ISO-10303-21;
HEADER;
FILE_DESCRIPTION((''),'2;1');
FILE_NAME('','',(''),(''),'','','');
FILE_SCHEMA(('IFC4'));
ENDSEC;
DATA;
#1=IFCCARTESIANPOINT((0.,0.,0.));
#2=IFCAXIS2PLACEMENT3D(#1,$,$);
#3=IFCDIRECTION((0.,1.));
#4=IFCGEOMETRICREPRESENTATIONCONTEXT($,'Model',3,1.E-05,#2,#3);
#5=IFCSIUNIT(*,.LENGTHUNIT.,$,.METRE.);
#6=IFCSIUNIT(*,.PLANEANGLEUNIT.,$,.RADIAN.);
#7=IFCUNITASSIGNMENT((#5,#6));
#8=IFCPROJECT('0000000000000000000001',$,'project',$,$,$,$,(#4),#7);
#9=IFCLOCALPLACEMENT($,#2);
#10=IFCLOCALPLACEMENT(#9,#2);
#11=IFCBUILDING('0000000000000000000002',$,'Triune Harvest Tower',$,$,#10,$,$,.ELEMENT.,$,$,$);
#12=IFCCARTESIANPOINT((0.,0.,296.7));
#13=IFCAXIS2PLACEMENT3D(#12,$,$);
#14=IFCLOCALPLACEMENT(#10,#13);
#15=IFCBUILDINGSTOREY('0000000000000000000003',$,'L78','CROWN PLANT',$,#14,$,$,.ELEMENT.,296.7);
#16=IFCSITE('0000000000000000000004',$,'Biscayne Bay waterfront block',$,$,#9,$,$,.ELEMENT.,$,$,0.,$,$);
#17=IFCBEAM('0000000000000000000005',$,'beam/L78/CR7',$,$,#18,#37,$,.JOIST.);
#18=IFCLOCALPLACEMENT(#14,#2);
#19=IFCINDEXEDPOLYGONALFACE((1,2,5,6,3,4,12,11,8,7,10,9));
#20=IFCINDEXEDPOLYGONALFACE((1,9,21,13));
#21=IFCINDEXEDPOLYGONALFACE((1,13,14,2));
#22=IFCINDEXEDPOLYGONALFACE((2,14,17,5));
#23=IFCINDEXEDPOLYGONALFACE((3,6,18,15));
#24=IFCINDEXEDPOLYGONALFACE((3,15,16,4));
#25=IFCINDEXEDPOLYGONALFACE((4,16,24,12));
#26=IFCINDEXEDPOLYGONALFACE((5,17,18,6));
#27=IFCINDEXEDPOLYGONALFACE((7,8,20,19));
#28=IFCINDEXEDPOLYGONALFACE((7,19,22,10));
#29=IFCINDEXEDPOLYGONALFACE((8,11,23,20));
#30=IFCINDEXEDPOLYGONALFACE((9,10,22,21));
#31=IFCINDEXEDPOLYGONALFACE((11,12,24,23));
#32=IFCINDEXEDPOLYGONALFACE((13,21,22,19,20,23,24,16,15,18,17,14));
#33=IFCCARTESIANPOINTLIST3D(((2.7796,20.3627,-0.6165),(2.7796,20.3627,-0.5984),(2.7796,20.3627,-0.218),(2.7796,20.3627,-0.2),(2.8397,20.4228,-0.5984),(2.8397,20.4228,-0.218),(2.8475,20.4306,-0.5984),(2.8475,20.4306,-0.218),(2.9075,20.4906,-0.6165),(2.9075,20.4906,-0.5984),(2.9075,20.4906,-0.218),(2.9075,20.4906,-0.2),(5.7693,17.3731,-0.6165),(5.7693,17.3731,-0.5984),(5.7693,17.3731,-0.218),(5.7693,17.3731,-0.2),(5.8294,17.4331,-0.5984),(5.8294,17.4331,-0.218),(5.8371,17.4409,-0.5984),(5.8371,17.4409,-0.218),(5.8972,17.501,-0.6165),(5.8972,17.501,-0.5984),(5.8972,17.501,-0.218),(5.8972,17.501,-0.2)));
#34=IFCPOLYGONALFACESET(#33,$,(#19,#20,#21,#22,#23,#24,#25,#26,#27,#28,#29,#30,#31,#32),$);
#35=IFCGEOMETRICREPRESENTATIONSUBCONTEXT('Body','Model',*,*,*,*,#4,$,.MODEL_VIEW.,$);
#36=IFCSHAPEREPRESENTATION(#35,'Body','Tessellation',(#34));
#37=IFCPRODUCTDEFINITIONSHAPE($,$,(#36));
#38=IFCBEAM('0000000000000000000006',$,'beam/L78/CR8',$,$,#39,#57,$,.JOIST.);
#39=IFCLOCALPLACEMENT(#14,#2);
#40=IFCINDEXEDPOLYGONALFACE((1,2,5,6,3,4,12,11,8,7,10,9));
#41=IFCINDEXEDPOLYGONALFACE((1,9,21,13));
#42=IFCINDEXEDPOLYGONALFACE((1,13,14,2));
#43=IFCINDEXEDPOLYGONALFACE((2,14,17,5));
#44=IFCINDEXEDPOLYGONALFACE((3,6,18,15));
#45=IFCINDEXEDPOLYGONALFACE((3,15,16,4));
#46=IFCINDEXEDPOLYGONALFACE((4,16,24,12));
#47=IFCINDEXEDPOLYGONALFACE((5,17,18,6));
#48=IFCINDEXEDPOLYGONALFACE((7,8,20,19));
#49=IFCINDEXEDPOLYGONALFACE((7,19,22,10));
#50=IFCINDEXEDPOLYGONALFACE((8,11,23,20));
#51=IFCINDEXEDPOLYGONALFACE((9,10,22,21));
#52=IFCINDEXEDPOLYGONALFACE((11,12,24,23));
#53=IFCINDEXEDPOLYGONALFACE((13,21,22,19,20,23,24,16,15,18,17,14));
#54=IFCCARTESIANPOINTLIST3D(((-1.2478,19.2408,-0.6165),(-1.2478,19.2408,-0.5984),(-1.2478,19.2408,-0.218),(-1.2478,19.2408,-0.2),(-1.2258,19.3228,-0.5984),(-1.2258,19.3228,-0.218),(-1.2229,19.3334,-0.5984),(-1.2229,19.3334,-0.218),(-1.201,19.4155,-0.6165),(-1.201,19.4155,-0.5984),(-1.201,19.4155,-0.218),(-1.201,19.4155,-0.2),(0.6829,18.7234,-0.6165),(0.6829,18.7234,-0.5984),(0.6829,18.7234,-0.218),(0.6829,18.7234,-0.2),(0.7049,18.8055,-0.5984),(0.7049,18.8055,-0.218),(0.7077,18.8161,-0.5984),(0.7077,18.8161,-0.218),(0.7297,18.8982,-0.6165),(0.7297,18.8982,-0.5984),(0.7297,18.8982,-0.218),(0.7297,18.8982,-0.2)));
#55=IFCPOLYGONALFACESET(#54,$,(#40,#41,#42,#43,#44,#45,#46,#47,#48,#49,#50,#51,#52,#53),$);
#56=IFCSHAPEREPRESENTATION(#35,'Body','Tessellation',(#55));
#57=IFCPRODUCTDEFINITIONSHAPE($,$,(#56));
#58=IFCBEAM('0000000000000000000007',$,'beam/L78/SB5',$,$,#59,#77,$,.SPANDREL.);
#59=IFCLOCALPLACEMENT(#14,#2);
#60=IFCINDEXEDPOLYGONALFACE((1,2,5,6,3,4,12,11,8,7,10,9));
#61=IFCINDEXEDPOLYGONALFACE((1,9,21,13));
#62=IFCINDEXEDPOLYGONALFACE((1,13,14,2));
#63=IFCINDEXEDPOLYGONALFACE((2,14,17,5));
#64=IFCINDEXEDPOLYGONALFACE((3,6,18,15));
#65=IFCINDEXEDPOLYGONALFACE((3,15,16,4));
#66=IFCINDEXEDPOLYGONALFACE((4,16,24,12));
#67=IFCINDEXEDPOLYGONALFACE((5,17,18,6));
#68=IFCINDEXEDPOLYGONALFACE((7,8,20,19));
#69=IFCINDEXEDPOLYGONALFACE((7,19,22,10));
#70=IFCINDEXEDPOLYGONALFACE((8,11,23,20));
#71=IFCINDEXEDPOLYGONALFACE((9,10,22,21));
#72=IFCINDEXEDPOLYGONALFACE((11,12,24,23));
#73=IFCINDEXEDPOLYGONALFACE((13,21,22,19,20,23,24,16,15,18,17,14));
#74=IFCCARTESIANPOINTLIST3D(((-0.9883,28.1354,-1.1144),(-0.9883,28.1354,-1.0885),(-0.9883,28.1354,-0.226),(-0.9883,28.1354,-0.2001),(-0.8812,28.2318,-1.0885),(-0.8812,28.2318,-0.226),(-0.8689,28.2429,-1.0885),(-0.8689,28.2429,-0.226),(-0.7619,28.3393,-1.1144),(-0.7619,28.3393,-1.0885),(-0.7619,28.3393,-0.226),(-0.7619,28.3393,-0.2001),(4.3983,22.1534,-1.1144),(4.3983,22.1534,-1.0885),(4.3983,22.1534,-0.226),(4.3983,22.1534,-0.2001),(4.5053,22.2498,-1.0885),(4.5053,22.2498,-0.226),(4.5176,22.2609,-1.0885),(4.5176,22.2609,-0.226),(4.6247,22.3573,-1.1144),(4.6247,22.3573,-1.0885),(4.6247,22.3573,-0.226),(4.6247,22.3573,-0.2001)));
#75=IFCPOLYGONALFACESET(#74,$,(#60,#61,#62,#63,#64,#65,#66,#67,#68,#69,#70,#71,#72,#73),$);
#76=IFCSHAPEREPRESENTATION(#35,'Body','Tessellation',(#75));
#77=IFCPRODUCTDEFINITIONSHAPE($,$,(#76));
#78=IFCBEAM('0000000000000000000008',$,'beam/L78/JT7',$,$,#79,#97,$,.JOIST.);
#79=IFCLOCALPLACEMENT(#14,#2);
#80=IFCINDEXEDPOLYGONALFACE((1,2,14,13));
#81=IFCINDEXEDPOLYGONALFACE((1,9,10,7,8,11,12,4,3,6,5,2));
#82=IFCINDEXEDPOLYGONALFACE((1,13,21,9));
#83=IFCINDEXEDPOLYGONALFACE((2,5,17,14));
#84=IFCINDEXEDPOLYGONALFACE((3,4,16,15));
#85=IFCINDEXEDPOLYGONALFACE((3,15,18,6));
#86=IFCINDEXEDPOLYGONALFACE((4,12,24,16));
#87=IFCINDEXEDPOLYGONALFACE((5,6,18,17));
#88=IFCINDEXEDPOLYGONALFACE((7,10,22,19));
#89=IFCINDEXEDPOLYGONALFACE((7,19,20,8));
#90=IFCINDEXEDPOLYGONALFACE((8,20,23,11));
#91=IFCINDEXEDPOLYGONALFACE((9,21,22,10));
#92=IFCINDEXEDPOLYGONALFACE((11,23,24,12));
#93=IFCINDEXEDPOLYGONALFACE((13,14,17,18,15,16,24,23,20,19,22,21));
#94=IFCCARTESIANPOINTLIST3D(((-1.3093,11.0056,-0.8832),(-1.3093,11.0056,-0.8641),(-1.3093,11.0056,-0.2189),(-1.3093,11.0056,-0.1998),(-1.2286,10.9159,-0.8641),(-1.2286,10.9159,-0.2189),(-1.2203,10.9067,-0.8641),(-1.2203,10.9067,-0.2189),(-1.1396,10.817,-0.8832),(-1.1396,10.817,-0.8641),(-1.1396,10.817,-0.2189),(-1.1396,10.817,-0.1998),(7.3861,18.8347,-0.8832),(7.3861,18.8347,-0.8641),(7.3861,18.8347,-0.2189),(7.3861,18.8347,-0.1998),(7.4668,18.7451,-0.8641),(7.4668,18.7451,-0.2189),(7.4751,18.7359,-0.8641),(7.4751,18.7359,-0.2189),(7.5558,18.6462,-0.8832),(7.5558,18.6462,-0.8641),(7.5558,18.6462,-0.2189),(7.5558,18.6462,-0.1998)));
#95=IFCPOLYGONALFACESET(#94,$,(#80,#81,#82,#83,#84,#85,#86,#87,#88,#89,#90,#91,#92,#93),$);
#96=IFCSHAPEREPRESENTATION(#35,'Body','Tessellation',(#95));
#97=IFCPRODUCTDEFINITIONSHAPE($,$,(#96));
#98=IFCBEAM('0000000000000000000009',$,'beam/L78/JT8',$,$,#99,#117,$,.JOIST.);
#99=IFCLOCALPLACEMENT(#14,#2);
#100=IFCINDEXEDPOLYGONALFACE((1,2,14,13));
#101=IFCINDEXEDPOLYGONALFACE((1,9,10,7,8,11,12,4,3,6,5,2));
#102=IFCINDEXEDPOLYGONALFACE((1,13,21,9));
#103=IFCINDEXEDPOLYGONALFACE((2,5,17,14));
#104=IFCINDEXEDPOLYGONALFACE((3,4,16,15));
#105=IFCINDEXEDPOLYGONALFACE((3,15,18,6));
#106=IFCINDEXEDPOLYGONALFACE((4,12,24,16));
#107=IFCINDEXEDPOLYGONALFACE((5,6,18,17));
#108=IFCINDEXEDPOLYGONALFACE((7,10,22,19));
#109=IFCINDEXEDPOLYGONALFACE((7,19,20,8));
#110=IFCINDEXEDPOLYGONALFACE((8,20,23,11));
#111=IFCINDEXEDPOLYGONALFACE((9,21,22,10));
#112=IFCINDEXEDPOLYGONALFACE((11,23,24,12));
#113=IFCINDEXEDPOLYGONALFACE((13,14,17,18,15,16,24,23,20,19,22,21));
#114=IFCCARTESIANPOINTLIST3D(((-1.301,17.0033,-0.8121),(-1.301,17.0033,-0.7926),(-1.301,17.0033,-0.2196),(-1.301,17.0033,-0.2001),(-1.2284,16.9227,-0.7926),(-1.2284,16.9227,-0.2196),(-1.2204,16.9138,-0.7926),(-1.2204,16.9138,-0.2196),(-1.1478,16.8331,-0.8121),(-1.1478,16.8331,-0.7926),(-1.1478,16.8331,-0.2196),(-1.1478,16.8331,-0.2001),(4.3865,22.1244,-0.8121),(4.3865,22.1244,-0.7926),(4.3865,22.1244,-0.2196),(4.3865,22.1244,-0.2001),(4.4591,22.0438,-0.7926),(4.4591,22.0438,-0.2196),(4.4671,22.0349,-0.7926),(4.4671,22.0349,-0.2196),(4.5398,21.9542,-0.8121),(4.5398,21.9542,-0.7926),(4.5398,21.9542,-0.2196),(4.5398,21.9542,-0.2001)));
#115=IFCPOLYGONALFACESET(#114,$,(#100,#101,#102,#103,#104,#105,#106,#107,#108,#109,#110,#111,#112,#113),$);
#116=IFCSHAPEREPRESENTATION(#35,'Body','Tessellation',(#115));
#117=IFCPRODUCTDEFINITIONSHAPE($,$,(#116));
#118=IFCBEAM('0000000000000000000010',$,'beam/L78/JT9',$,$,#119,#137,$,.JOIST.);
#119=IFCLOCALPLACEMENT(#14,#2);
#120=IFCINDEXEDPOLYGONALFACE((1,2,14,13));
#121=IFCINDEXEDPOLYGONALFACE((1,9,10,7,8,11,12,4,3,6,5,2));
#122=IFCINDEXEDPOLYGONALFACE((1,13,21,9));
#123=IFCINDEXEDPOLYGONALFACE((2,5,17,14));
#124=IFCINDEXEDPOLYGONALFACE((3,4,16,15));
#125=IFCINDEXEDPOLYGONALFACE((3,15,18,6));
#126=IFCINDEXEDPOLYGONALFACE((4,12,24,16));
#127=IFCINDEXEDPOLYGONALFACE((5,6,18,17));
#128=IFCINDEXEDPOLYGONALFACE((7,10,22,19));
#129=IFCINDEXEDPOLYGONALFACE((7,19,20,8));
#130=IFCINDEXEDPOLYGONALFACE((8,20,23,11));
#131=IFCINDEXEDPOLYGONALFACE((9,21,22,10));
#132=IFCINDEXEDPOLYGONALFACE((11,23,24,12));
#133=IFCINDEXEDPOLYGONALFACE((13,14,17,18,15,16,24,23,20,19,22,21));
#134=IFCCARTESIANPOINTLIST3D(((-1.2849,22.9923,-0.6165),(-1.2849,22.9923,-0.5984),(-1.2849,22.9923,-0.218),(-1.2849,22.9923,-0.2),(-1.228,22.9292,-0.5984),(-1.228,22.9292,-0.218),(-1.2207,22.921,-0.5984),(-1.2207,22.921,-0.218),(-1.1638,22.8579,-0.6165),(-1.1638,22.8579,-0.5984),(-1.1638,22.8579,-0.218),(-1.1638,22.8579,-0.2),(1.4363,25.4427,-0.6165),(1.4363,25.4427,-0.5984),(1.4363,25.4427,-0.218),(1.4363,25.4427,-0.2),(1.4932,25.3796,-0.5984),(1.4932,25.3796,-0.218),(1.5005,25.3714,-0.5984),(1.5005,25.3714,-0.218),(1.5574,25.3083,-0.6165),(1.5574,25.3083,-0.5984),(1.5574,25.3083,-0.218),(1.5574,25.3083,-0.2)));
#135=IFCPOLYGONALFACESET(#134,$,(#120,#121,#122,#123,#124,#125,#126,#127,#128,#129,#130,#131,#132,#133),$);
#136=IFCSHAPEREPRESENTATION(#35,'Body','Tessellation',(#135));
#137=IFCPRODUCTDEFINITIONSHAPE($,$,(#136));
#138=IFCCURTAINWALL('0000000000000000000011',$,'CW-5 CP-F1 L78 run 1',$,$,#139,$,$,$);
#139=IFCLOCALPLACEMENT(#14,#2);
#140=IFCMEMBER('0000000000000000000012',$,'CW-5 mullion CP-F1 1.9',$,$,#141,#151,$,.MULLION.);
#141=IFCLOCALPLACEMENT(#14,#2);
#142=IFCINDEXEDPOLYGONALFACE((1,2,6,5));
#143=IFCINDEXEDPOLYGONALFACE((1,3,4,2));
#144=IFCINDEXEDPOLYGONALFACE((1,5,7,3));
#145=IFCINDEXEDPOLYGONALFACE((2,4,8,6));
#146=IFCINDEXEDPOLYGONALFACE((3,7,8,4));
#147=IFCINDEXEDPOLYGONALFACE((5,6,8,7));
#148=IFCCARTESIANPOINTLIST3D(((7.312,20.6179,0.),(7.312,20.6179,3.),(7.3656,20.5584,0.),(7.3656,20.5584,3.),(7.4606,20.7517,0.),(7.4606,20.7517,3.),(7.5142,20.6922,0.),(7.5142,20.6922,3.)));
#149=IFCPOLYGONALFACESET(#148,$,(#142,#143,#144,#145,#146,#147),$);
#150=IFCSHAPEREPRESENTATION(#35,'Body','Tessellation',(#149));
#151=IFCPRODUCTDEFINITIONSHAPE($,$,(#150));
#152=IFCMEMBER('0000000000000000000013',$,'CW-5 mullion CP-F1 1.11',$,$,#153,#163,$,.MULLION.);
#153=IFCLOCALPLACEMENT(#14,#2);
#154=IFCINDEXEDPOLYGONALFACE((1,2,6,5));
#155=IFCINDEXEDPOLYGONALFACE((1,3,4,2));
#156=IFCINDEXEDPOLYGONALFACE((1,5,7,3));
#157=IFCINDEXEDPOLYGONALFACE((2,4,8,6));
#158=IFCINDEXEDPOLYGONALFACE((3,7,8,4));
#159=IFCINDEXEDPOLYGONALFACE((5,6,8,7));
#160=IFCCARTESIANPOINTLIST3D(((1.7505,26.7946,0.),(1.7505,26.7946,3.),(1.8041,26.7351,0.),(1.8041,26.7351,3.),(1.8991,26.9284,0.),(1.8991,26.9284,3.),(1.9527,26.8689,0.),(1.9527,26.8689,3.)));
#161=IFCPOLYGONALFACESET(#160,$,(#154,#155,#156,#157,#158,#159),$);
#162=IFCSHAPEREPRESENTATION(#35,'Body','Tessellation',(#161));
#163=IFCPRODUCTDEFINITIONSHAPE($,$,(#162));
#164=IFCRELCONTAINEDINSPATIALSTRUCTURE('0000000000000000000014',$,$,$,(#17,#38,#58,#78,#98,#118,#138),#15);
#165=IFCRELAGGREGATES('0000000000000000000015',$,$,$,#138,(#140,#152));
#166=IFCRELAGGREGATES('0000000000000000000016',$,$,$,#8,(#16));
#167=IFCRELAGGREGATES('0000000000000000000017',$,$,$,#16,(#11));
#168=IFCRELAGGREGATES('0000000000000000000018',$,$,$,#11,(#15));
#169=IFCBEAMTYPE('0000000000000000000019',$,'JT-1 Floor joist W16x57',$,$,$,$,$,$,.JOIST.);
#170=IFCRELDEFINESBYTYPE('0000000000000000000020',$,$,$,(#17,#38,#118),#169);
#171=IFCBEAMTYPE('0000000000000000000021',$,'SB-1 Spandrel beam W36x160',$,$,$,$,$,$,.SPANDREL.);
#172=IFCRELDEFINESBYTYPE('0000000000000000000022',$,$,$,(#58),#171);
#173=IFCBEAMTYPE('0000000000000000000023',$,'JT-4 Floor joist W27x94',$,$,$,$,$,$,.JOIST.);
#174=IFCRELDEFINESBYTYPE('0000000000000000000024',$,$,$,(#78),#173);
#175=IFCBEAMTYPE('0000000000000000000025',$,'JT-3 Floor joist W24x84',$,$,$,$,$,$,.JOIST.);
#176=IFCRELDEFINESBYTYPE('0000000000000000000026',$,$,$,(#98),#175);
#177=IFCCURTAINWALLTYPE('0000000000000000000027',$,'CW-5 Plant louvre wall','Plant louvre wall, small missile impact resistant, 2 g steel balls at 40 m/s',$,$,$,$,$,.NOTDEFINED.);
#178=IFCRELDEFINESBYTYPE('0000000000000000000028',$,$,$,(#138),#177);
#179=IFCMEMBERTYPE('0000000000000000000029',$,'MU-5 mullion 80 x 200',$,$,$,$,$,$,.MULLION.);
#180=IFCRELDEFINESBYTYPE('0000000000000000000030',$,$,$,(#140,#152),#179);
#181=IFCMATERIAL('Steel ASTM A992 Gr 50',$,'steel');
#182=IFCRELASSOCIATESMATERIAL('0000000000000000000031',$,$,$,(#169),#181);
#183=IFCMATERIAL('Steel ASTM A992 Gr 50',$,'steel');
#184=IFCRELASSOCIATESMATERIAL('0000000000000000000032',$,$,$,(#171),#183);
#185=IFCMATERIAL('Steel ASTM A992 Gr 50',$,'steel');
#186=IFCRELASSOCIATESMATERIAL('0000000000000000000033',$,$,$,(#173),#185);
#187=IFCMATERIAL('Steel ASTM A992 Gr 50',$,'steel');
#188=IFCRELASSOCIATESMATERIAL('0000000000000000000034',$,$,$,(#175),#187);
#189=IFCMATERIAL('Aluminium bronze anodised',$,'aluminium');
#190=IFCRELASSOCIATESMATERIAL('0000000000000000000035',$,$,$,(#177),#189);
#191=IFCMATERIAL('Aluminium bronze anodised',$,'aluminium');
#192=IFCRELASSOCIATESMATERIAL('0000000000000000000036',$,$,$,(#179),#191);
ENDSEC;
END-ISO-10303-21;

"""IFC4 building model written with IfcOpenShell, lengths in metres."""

from ifc_helpers import new_model, si_unit, direction, frame, origin, origin_2d, place, context, subcontext, project, spatial, rectangle, i_section, extrude, source, transform, mapped, material, material_profile, profile_set, type_object, element, aggregate, save


model = new_model("IFC4")

# Units and contexts
model_context = context("Model", 3, precision=1e-05, world=origin(), true_north=direction((0.0, 1.0)))
body_context = subcontext(model_context, "Body", "Model", "MODEL_VIEW")
ifc_project = project(units=[si_unit("LENGTHUNIT", "METRE"), si_unit("PLANEANGLEUNIT", "RADIAN")], contexts=[model_context])

# Site, building, storey
site_placement = place(None, origin())
site = spatial("IfcSite", under=ifc_project, at=site_placement, Name="Biscayne Bay waterfront block", CompositionType="ELEMENT", RefElevation=0.0)
building_placement = place(site_placement, origin())
building = spatial("IfcBuilding", under=site, at=building_placement, Name="Triune Harvest Tower", CompositionType="ELEMENT")
storey_placement = place(building_placement, frame((0.0, 0.0, 296.7)))
storey = spatial("IfcBuildingStorey", under=building, at=storey_placement, Name="L78", Description="CROWN PLANT", CompositionType="ELEMENT", Elevation=296.7)

# Beams
ifc_material_1 = material(Name="Steel ASTM A992 Gr 50", Category="steel")
ifc_material_profile_1 = material_profile(ifc_material_1, i_section(OverallWidth=0.1809, OverallDepth=0.4165, WebThickness=0.011, FlangeThickness=0.0181, at=origin_2d()), Name="W16x57")
ifc_profile_set_1 = profile_set([ifc_material_profile_1], Name="Steel ASTM A992 Gr 50")
beam_type_1 = type_object("IfcBeamType", Name="JT-1 Floor joist W16x57", PredefinedType="JOIST", material=ifc_profile_set_1)
beam_1_placement = place(storey_placement, frame((5.8333, 17.437, -0.4082), z_axis=(-0.707107, 0.707107, 0.0), x_axis=(-0.707107, -0.707107, 0.0)))
element("IfcBeam", 1, at=beam_1_placement, inside=storey, type_object=beam_type_1, Name="beam/L78/CR7", PredefinedType="JOIST", context=body_context, shape_type="SweptSolid", body=[
    extrude(i_section(OverallWidth=0.1809, OverallDepth=0.4165, WebThickness=0.011, FlangeThickness=0.0181, at=origin_2d()), origin(), (0.0, 0.0, 1.0), 4.228),
])
beam_2_placement = place(storey_placement, frame((0.7063, 18.8108, -0.4082), z_axis=(-0.965924, 0.258826, 0.0), x_axis=(-0.258826, -0.965924, 0.0)))
element("IfcBeam", 2, at=beam_2_placement, inside=storey, type_object=beam_type_1, Name="beam/L78/CR8", PredefinedType="JOIST", context=body_context, shape_type="SweptSolid", body=[
    extrude(i_section(OverallWidth=0.1809, OverallDepth=0.4165, WebThickness=0.011, FlangeThickness=0.0181, at=origin_2d()), origin(), (0.0, 0.0, 1.0), 1.9988),
])
ifc_material_2 = material(Name="Steel ASTM A992 Gr 50", Category="steel")
ifc_material_profile_2 = material_profile(ifc_material_2, i_section(OverallWidth=0.3047, OverallDepth=0.9143, WebThickness=0.0166, FlangeThickness=0.0259, at=origin_2d()), Name="W36x160")
ifc_profile_set_2 = profile_set([ifc_material_profile_2], Name="Steel ASTM A992 Gr 50")
beam_type_2 = type_object("IfcBeamType", Name="SB-1 Spandrel beam W36x160", PredefinedType="SPANDREL", material=ifc_profile_set_2)
shared_shape_1 = source(origin(), body_context, "Body", "SweptSolid", [
    extrude(i_section(OverallWidth=0.3047, OverallDepth=0.9143, WebThickness=0.0166, FlangeThickness=0.0259, at=origin_2d()), origin(), (0.0, 0.0, 1.0), 8.0498),
])
beam_3_placement = place(storey_placement, frame((4.5115, 22.2554, -0.6572), z_axis=(-0.669152, 0.743125, 0.0), x_axis=(-0.743125, -0.669152, 0.0)))
element("IfcBeam", 3, at=beam_3_placement, inside=storey, type_object=beam_type_2, Name="beam/L78/SB5", PredefinedType="SPANDREL", context=body_context, shape_type="MappedRepresentation", body=[
    mapped(shared_shape_1, transform((0.0, 0.0, 0.0), scale=1.0)),
])
ifc_material_3 = material(Name="Steel ASTM A992 Gr 50", Category="steel")
ifc_material_profile_3 = material_profile(ifc_material_3, i_section(OverallWidth=0.2537, OverallDepth=0.6833, WebThickness=0.0125, FlangeThickness=0.019, at=origin_2d()), Name="W27x94")
ifc_profile_set_3 = profile_set([ifc_material_profile_3], Name="Steel ASTM A992 Gr 50")
beam_type_3 = type_object("IfcBeamType", Name="JT-4 Floor joist W27x94", PredefinedType="JOIST", material=ifc_profile_set_3)
shared_shape_2 = source(origin(), body_context, "Body", "SweptSolid", [
    extrude(i_section(OverallWidth=0.2537, OverallDepth=0.6833, WebThickness=0.0125, FlangeThickness=0.019, at=origin_2d()), origin(), (0.0, 0.0, 1.0), 11.7007),
])
beam_4_placement = place(storey_placement, frame((7.4709, 18.7405, -0.5415), z_axis=(-0.743153, -0.669121, 0.0), x_axis=(0.669121, -0.743153, 0.0)))
element("IfcBeam", 4, at=beam_4_placement, inside=storey, type_object=beam_type_3, Name="beam/L78/JT7", PredefinedType="JOIST", context=body_context, shape_type="MappedRepresentation", body=[
    mapped(shared_shape_2, transform((0.0, 0.0, 0.0), scale=1.0)),
])
ifc_material_4 = material(Name="Steel ASTM A992 Gr 50", Category="steel")
ifc_material_profile_4 = material_profile(ifc_material_4, i_section(OverallWidth=0.229, OverallDepth=0.6121, WebThickness=0.012, FlangeThickness=0.0195, at=origin_2d()), Name="W24x84")
ifc_profile_set_4 = profile_set([ifc_material_profile_4], Name="Steel ASTM A992 Gr 50")
beam_type_4 = type_object("IfcBeamType", Name="JT-3 Floor joist W24x84", PredefinedType="JOIST", material=ifc_profile_set_4)
shared_shape_3 = source(origin(), body_context, "Body", "SweptSolid", [
    extrude(i_section(OverallWidth=0.229, OverallDepth=0.6121, WebThickness=0.012, FlangeThickness=0.0195, at=origin_2d()), origin(), (0.0, 0.0, 1.0), 7.6533),
])
beam_5_placement = place(storey_placement, frame((4.4631, 22.0393, -0.5061), z_axis=(-0.743142, -0.669134, 0.0), x_axis=(0.669134, -0.743142, 0.0)))
element("IfcBeam", 5, at=beam_5_placement, inside=storey, type_object=beam_type_4, Name="beam/L78/JT8", PredefinedType="JOIST", context=body_context, shape_type="MappedRepresentation", body=[
    mapped(shared_shape_3, transform((0.0, 0.0, 0.0), scale=1.0)),
])
shared_shape_4 = source(origin(), body_context, "Body", "SweptSolid", [
    extrude(i_section(OverallWidth=0.1809, OverallDepth=0.4165, WebThickness=0.011, FlangeThickness=0.0181, at=origin_2d()), origin(), (0.0, 0.0, 1.0), 3.6619),
])
beam_6_placement = place(storey_placement, frame((1.4968, 25.3755, -0.4082), z_axis=(-0.743108, -0.669171, 0.0), x_axis=(0.669171, -0.743108, 0.0)))
element("IfcBeam", 6, at=beam_6_placement, inside=storey, type_object=beam_type_1, Name="beam/L78/JT9", PredefinedType="JOIST", context=body_context, shape_type="MappedRepresentation", body=[
    mapped(shared_shape_4, transform((0.0, 0.0, 0.0), scale=1.0)),
])

# Curtain wall, members
ifc_material_5 = material(Name="Aluminium bronze anodised", Category="aluminium")
curtain_wall_type = type_object("IfcCurtainWallType", Name="CW-5 Plant louvre wall", Description="Plant louvre wall, small missile impact resistant, 2 g steel balls at 40 m/s", PredefinedType="NOTDEFINED", material=ifc_material_5)
curtain_wall_placement = place(storey_placement, origin())
curtain_wall = element("IfcCurtainWall", 7, at=curtain_wall_placement, inside=storey, type_object=curtain_wall_type, Name="CW-5 CP-F1 L78 run 1")
ifc_material_6 = material(Name="Aluminium bronze anodised", Category="aluminium")
ifc_material_profile_5 = material_profile(ifc_material_6, rectangle(XDim=0.2, YDim=0.0801, at=origin_2d()), Name="MU-5 mullion 80 x 200")
ifc_profile_set_5 = profile_set([ifc_material_profile_5], Name="Aluminium bronze anodised")
member_type_1 = type_object("IfcMemberType", Name="MU-5 mullion 80 x 200", PredefinedType="MULLION", material=ifc_profile_set_5)
shared_shape_5 = source(origin(), body_context, "Body", "SweptSolid", [
    extrude(rectangle(XDim=0.2, YDim=0.0801, at=origin_2d()), origin(), (0.0, 0.0, 1.0), 3.0),
])
member_1_placement = place(storey_placement, frame((7.4131, 20.655, 0.0), z_axis=(0.0, 0.0, 1.0), x_axis=(-0.743144, -0.669131, 0.0)))
member_1 = element("IfcMember", 8, at=member_1_placement, type_object=member_type_1, Name="CW-5 mullion CP-F1 1.9", PredefinedType="MULLION", context=body_context, shape_type="MappedRepresentation", body=[
    mapped(shared_shape_5, transform((0.0, 0.0, 0.0), scale=1.0)),
])
member_2_placement = place(storey_placement, frame((1.8516, 26.8318, 0.0), z_axis=(0.0, 0.0, 1.0), x_axis=(-0.743144, -0.669131, 0.0)))
member_2 = element("IfcMember", 9, at=member_2_placement, type_object=member_type_1, Name="CW-5 mullion CP-F1 1.11", PredefinedType="MULLION", context=body_context, shape_type="MappedRepresentation", body=[
    mapped(shared_shape_5, transform((0.0, 0.0, 0.0), scale=1.0)),
])

aggregate(curtain_wall, [member_1, member_2])

save(model, "model.ifc")
